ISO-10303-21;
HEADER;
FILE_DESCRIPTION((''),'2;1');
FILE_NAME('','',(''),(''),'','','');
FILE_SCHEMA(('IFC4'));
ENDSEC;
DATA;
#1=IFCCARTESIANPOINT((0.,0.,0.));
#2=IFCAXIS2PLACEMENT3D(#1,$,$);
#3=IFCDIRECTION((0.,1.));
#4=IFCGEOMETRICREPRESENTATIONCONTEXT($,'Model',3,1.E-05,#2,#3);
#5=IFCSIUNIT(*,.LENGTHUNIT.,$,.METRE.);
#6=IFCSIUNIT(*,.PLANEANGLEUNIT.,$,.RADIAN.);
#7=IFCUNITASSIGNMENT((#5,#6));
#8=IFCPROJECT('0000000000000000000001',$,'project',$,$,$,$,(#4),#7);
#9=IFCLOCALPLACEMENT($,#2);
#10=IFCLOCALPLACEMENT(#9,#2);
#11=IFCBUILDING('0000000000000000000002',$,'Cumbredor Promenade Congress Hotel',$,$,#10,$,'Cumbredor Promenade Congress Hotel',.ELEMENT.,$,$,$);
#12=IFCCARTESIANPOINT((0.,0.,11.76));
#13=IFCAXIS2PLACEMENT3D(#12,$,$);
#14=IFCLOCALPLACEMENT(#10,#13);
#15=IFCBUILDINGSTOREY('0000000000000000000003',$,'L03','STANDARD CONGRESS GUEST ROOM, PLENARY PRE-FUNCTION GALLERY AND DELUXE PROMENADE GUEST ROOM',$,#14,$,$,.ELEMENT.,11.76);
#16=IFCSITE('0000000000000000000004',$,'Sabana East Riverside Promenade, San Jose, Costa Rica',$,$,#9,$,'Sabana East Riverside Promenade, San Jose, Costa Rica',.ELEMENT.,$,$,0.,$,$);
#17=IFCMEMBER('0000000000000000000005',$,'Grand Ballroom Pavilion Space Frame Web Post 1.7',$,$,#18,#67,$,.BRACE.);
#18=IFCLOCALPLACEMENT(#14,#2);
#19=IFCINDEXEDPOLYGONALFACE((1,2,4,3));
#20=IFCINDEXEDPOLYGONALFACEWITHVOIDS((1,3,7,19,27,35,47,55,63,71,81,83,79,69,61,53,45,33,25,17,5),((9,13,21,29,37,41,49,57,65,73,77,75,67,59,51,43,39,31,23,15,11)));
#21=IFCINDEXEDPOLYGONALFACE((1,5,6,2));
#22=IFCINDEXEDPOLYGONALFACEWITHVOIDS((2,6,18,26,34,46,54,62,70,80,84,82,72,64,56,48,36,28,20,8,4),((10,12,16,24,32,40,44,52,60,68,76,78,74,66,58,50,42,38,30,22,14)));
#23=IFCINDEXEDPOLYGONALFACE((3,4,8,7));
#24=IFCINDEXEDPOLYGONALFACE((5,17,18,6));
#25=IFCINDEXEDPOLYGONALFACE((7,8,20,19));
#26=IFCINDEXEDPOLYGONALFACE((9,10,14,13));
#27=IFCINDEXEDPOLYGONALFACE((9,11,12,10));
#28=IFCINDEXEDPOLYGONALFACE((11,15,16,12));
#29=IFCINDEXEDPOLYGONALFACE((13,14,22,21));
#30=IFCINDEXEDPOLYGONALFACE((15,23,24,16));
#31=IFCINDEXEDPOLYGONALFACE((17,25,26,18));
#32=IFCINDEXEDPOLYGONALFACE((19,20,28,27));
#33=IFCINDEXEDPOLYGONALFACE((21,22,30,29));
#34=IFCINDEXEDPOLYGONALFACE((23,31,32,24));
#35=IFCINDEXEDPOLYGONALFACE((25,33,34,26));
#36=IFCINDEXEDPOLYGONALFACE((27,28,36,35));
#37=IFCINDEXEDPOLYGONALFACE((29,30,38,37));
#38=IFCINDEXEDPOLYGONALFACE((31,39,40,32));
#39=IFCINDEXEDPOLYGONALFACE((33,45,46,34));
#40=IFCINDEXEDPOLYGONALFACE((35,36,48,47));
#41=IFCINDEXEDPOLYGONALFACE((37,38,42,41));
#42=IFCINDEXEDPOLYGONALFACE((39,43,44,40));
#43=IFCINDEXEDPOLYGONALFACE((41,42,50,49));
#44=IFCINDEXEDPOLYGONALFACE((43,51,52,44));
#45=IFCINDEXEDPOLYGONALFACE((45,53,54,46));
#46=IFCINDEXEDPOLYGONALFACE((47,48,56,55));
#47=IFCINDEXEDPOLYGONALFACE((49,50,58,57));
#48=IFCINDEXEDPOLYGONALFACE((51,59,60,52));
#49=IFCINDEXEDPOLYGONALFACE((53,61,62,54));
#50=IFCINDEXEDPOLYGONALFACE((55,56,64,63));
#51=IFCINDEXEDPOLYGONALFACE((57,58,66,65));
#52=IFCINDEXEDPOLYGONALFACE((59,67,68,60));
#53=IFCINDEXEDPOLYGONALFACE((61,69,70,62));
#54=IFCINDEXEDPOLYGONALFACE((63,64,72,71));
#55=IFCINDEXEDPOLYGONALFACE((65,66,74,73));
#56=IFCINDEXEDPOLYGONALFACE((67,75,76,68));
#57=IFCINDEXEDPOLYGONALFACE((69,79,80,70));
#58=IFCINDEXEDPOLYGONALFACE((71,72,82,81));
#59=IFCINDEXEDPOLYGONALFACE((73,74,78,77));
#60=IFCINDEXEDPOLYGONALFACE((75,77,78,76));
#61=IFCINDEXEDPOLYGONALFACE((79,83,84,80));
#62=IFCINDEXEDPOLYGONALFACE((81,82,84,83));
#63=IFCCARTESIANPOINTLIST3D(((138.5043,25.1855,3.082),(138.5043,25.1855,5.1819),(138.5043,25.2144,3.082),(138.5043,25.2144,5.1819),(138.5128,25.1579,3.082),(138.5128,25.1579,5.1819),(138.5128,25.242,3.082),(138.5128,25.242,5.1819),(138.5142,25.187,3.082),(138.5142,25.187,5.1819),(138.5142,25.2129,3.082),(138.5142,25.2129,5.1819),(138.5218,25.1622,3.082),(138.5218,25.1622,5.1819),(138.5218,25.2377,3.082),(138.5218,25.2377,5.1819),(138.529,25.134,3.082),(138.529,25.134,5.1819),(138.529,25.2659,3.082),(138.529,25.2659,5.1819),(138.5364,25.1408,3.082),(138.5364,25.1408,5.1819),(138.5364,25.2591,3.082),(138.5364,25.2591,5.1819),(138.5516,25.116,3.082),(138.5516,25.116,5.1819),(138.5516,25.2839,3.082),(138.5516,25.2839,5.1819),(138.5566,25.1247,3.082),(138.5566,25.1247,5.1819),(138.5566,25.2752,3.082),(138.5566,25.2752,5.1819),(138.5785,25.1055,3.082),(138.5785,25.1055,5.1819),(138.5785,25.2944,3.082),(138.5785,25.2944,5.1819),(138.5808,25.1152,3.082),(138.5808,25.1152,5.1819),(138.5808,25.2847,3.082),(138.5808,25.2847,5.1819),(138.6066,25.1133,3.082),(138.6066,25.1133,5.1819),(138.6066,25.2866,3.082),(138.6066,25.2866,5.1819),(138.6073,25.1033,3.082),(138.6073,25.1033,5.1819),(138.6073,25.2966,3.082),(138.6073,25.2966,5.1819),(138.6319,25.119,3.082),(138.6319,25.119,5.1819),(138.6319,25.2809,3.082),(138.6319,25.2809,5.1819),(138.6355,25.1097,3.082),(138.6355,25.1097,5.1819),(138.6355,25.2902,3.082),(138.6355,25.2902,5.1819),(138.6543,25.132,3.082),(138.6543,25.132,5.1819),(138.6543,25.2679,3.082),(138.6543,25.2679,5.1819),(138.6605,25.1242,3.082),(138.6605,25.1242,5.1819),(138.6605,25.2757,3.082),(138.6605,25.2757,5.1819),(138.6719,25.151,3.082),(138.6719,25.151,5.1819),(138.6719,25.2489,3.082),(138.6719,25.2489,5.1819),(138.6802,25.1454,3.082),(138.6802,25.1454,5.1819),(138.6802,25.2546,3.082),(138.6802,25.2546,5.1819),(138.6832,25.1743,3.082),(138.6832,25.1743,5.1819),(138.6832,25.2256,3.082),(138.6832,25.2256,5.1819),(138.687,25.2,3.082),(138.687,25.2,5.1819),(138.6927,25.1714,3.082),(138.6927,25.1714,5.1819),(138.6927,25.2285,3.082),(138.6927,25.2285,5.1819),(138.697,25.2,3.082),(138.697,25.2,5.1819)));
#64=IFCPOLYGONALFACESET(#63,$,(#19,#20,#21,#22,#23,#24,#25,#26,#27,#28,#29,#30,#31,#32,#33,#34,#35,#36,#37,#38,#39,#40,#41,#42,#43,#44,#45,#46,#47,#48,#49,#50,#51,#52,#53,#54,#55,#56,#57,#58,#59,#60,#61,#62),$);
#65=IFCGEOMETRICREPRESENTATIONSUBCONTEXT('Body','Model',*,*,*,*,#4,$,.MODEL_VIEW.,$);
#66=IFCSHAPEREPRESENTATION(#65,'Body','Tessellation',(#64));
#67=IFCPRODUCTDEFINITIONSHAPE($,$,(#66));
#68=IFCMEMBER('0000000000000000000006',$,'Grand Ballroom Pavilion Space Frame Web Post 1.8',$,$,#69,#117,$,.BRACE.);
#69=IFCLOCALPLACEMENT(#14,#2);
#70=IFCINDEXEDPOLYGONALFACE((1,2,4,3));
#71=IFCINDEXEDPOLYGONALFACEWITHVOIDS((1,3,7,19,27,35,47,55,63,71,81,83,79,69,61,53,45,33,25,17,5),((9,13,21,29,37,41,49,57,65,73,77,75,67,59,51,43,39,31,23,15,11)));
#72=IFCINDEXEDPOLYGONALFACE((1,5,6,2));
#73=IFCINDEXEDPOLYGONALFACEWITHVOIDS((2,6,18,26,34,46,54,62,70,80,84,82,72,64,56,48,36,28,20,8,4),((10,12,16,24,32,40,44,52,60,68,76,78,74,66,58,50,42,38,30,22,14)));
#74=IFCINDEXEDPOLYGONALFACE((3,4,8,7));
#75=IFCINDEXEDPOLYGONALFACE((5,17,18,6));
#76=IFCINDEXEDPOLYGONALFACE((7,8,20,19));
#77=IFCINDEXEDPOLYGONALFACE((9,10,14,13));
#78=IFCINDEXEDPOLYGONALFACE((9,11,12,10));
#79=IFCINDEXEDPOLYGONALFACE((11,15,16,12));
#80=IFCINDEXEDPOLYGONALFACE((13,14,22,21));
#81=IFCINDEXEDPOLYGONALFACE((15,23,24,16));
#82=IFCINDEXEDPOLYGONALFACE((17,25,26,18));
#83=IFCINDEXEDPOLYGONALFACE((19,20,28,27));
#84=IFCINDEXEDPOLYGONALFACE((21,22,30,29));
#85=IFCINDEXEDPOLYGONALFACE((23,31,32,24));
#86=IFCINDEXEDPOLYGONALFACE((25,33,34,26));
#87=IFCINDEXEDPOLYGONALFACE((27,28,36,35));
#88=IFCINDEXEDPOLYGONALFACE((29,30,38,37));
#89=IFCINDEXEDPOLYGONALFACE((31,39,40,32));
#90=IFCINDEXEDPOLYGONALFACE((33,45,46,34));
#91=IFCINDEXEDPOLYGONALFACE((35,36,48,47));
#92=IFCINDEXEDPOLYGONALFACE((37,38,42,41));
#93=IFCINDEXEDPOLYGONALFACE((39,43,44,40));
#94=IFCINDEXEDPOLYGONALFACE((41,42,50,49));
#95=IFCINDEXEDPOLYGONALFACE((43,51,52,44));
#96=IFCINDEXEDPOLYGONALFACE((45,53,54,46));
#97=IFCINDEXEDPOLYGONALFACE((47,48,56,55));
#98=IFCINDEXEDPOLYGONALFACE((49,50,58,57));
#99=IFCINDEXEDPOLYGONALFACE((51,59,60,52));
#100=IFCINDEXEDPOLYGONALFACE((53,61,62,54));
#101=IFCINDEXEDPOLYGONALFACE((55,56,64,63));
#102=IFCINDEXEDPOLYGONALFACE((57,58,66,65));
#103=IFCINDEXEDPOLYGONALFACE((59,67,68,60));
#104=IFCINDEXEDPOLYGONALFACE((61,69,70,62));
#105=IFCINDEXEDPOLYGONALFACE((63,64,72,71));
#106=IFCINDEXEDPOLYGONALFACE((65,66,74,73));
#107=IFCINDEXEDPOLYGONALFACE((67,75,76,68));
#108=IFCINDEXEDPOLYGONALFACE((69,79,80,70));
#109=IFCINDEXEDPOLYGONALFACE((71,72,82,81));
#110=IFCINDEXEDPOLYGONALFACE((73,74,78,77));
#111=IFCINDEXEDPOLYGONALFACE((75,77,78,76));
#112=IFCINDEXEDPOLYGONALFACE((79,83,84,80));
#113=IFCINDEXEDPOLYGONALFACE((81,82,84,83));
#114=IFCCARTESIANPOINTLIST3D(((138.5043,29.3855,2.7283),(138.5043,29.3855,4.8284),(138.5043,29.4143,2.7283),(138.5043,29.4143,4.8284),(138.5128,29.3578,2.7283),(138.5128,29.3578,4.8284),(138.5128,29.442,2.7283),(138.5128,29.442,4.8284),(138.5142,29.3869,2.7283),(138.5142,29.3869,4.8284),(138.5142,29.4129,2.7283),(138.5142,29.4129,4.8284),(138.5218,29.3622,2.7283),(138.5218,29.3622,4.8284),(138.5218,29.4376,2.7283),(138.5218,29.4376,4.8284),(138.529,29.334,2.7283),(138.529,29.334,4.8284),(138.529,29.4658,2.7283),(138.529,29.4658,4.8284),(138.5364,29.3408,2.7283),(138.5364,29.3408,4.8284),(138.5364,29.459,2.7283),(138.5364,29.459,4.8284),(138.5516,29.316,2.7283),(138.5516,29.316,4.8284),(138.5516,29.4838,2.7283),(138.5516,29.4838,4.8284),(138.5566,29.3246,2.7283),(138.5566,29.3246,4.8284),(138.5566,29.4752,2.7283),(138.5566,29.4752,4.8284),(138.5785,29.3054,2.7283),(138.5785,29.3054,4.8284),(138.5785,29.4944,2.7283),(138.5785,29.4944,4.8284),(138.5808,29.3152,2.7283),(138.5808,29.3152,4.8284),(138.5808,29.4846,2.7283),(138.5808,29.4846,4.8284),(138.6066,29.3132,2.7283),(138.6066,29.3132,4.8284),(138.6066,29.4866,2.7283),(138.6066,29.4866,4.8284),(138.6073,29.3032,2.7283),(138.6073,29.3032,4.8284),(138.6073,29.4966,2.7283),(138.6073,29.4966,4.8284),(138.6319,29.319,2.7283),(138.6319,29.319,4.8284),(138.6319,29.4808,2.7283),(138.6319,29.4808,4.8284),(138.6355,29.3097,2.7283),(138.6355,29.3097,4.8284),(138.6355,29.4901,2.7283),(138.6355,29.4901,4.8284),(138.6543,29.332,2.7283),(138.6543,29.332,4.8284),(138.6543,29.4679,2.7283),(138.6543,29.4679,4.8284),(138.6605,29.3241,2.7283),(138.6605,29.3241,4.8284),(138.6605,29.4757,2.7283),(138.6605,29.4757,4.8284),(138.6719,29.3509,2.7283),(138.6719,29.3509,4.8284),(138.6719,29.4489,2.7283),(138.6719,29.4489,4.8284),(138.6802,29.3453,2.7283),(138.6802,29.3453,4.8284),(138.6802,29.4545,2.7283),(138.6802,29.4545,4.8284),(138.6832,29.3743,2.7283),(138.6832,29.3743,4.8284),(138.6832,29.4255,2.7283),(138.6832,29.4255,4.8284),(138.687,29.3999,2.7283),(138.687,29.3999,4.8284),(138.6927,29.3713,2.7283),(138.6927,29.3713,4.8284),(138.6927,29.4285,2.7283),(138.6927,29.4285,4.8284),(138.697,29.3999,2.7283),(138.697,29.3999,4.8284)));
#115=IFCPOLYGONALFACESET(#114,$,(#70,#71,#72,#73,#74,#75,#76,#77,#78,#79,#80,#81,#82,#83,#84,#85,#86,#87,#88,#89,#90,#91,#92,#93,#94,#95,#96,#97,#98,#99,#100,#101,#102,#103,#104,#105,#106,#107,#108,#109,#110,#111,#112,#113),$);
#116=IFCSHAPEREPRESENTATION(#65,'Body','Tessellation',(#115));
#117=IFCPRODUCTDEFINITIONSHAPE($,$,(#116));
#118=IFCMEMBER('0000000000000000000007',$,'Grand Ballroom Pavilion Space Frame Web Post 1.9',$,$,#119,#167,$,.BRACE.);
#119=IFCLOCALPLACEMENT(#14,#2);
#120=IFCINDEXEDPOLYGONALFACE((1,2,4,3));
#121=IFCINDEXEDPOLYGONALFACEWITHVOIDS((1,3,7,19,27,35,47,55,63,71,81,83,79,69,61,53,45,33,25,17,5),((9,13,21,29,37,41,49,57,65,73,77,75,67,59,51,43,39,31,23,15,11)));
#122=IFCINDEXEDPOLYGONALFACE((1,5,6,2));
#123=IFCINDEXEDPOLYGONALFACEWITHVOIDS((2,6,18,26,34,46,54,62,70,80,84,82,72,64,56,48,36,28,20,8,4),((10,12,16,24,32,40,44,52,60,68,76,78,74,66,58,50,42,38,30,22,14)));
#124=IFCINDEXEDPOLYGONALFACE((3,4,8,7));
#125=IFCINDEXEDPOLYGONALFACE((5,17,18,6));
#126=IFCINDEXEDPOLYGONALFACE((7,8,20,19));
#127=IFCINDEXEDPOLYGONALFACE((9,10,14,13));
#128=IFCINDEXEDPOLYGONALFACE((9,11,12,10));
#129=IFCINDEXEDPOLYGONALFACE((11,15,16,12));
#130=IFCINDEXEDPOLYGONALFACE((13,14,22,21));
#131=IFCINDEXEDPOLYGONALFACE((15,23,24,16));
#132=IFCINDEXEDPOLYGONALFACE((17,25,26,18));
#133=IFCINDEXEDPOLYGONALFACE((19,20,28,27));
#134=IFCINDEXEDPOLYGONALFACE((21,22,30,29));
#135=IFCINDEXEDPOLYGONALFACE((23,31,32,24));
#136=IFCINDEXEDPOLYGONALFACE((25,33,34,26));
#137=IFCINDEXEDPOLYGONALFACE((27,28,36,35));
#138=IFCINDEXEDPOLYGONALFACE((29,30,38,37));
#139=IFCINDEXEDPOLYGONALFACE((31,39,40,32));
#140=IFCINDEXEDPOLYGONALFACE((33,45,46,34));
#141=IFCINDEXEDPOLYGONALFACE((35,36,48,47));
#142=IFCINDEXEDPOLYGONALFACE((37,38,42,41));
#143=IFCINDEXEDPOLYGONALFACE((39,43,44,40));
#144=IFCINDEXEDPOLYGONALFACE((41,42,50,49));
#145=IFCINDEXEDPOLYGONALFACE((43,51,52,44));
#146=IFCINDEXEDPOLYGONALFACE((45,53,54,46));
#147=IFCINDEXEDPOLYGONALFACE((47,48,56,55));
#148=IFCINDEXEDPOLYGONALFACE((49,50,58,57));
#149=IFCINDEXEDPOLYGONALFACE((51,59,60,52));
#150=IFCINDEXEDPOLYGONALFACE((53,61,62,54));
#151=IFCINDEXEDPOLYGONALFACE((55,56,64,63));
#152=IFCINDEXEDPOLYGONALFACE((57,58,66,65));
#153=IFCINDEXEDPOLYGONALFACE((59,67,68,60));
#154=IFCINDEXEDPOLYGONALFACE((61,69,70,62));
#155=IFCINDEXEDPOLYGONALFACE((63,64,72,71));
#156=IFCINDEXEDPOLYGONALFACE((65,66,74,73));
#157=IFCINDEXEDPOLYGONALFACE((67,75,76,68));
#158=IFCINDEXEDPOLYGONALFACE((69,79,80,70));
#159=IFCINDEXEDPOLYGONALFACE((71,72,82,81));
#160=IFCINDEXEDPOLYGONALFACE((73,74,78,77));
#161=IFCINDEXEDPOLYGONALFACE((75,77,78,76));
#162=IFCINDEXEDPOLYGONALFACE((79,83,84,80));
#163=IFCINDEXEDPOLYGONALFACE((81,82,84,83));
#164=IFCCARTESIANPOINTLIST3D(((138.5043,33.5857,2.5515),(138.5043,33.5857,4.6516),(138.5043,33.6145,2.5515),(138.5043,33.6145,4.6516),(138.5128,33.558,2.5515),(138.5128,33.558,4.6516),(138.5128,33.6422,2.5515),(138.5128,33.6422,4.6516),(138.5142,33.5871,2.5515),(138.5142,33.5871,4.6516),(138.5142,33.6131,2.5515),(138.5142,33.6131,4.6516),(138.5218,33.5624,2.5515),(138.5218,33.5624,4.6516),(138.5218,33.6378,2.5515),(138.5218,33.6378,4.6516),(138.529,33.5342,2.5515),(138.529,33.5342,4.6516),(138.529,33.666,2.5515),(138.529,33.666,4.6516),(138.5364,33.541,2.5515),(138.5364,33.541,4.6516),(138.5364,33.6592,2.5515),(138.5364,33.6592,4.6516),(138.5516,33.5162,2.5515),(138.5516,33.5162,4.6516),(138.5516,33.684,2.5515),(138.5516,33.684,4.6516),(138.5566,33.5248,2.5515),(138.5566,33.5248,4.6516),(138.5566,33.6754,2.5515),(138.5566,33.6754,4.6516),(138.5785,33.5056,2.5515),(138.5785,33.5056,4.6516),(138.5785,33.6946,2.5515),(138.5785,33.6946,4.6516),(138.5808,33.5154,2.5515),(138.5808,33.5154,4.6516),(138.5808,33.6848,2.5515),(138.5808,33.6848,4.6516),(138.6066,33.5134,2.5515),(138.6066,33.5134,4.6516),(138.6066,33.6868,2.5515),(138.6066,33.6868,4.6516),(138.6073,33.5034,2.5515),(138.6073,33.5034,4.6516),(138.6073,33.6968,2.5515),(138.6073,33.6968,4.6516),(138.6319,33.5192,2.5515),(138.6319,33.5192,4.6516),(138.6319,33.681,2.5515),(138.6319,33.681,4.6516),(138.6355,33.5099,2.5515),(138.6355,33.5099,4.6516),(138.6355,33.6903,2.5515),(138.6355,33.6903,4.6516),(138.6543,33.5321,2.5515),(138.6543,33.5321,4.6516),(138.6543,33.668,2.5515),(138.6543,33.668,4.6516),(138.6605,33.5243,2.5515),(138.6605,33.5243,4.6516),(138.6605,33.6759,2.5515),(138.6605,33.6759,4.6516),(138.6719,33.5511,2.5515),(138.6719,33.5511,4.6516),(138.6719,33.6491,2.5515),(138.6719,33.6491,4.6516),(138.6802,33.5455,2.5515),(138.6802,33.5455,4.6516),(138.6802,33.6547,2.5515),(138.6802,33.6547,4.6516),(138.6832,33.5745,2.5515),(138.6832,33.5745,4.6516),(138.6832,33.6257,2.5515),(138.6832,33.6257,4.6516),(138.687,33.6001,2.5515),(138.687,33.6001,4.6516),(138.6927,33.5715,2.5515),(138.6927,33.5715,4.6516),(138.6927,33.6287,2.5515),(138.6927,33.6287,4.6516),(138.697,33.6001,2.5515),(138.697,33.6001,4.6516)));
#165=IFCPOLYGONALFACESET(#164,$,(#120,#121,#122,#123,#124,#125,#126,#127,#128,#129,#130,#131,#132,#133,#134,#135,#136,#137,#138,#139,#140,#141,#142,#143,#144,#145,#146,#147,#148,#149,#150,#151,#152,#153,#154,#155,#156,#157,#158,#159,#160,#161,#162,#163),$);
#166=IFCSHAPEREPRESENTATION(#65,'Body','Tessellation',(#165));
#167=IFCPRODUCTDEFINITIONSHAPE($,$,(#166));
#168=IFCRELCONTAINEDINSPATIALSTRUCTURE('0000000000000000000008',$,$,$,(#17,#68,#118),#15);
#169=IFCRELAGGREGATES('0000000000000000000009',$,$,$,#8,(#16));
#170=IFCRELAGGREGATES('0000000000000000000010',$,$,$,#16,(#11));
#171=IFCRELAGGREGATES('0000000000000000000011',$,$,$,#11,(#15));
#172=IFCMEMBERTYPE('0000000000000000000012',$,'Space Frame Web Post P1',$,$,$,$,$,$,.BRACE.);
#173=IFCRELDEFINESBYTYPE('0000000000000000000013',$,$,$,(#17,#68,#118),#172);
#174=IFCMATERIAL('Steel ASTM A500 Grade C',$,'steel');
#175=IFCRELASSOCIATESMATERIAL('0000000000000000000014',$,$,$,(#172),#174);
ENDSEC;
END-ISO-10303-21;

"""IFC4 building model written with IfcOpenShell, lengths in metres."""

from ifc_helpers import new_model, si_unit, direction, frame, origin, origin_2d, place, context, subcontext, project, spatial, hollow_circle, extrude, material, material_profile, profile_set, type_object, element, save


model = new_model("IFC4")

# Units and contexts
model_context = context("Model", 3, precision=1e-05, world=origin(), true_north=direction((0.0, 1.0)))
body_context = subcontext(model_context, "Body", "Model", "MODEL_VIEW")
ifc_project = project(units=[si_unit("LENGTHUNIT", "METRE"), si_unit("PLANEANGLEUNIT", "RADIAN")], contexts=[model_context])

# Site, building, storey
site_placement = place(None, origin())
site = spatial("IfcSite", under=ifc_project, at=site_placement, Name="Sabana East Riverside Promenade, San Jose, Costa Rica", LongName="Sabana East Riverside Promenade, San Jose, Costa Rica", CompositionType="ELEMENT", RefElevation=0.0)
building_placement = place(site_placement, origin())
building = spatial("IfcBuilding", under=site, at=building_placement, Name="Cumbredor Promenade Congress Hotel", LongName="Cumbredor Promenade Congress Hotel", CompositionType="ELEMENT")
storey_placement = place(building_placement, frame((0.0, 0.0, 11.76)))
storey = spatial("IfcBuildingStorey", under=building, at=storey_placement, Name="L03", Description="STANDARD CONGRESS GUEST ROOM, PLENARY PRE-FUNCTION GALLERY AND DELUXE PROMENADE GUEST ROOM", CompositionType="ELEMENT", Elevation=11.76)

# Members
ifc_material_1 = material(Name="Steel ASTM A500 Grade C", Category="steel")
ifc_material_profile_1 = material_profile(ifc_material_1, hollow_circle(Radius=0.0969, WallThickness=0.01, at=origin_2d()), Name="CHS 193.7x10")
ifc_profile_set_1 = profile_set([ifc_material_profile_1], Name="Steel ASTM A500 Grade C")
member_type_1 = type_object("IfcMemberType", Name="Space Frame Web Post P1", PredefinedType="BRACE", material=ifc_profile_set_1)
for number, where, z_axis, x_axis, name in (
    (1, (138.6001, 25.2, 3.082), (0.0, 0.0, 1.0), (1.0, 0.0, 0.0), "Grand Ballroom Pavilion Space Frame Web Post 1.7"),
):
    element("IfcMember", number, at=place(storey_placement, frame(where, z_axis=z_axis, x_axis=x_axis)), inside=storey, type_object=member_type_1, Name=name, PredefinedType="BRACE", context=body_context, shape_type="SweptSolid", body=[
        extrude(hollow_circle(Radius=0.0969, WallThickness=0.01, at=origin_2d()), origin(), (0.0, 0.0, 1.0), 2.0999),
    ])
for number, where, z_axis, x_axis, name in (
    (2, (138.6001, 29.3999, 2.7283), (0.0, 0.0, 1.0), (1.0, 0.0, 0.0), "Grand Ballroom Pavilion Space Frame Web Post 1.8"),
    (3, (138.6001, 33.6001, 2.5515), (0.0, 0.0, 1.0), (1.0, 0.0, 0.0), "Grand Ballroom Pavilion Space Frame Web Post 1.9"),
):
    element("IfcMember", number, at=place(storey_placement, frame(where, z_axis=z_axis, x_axis=x_axis)), inside=storey, type_object=member_type_1, Name=name, PredefinedType="BRACE", context=body_context, shape_type="SweptSolid", body=[
        extrude(hollow_circle(Radius=0.0969, WallThickness=0.01, at=origin_2d()), origin(), (0.0, 0.0, 1.0), 2.1001),
    ])

save(model, "model.ifc")
